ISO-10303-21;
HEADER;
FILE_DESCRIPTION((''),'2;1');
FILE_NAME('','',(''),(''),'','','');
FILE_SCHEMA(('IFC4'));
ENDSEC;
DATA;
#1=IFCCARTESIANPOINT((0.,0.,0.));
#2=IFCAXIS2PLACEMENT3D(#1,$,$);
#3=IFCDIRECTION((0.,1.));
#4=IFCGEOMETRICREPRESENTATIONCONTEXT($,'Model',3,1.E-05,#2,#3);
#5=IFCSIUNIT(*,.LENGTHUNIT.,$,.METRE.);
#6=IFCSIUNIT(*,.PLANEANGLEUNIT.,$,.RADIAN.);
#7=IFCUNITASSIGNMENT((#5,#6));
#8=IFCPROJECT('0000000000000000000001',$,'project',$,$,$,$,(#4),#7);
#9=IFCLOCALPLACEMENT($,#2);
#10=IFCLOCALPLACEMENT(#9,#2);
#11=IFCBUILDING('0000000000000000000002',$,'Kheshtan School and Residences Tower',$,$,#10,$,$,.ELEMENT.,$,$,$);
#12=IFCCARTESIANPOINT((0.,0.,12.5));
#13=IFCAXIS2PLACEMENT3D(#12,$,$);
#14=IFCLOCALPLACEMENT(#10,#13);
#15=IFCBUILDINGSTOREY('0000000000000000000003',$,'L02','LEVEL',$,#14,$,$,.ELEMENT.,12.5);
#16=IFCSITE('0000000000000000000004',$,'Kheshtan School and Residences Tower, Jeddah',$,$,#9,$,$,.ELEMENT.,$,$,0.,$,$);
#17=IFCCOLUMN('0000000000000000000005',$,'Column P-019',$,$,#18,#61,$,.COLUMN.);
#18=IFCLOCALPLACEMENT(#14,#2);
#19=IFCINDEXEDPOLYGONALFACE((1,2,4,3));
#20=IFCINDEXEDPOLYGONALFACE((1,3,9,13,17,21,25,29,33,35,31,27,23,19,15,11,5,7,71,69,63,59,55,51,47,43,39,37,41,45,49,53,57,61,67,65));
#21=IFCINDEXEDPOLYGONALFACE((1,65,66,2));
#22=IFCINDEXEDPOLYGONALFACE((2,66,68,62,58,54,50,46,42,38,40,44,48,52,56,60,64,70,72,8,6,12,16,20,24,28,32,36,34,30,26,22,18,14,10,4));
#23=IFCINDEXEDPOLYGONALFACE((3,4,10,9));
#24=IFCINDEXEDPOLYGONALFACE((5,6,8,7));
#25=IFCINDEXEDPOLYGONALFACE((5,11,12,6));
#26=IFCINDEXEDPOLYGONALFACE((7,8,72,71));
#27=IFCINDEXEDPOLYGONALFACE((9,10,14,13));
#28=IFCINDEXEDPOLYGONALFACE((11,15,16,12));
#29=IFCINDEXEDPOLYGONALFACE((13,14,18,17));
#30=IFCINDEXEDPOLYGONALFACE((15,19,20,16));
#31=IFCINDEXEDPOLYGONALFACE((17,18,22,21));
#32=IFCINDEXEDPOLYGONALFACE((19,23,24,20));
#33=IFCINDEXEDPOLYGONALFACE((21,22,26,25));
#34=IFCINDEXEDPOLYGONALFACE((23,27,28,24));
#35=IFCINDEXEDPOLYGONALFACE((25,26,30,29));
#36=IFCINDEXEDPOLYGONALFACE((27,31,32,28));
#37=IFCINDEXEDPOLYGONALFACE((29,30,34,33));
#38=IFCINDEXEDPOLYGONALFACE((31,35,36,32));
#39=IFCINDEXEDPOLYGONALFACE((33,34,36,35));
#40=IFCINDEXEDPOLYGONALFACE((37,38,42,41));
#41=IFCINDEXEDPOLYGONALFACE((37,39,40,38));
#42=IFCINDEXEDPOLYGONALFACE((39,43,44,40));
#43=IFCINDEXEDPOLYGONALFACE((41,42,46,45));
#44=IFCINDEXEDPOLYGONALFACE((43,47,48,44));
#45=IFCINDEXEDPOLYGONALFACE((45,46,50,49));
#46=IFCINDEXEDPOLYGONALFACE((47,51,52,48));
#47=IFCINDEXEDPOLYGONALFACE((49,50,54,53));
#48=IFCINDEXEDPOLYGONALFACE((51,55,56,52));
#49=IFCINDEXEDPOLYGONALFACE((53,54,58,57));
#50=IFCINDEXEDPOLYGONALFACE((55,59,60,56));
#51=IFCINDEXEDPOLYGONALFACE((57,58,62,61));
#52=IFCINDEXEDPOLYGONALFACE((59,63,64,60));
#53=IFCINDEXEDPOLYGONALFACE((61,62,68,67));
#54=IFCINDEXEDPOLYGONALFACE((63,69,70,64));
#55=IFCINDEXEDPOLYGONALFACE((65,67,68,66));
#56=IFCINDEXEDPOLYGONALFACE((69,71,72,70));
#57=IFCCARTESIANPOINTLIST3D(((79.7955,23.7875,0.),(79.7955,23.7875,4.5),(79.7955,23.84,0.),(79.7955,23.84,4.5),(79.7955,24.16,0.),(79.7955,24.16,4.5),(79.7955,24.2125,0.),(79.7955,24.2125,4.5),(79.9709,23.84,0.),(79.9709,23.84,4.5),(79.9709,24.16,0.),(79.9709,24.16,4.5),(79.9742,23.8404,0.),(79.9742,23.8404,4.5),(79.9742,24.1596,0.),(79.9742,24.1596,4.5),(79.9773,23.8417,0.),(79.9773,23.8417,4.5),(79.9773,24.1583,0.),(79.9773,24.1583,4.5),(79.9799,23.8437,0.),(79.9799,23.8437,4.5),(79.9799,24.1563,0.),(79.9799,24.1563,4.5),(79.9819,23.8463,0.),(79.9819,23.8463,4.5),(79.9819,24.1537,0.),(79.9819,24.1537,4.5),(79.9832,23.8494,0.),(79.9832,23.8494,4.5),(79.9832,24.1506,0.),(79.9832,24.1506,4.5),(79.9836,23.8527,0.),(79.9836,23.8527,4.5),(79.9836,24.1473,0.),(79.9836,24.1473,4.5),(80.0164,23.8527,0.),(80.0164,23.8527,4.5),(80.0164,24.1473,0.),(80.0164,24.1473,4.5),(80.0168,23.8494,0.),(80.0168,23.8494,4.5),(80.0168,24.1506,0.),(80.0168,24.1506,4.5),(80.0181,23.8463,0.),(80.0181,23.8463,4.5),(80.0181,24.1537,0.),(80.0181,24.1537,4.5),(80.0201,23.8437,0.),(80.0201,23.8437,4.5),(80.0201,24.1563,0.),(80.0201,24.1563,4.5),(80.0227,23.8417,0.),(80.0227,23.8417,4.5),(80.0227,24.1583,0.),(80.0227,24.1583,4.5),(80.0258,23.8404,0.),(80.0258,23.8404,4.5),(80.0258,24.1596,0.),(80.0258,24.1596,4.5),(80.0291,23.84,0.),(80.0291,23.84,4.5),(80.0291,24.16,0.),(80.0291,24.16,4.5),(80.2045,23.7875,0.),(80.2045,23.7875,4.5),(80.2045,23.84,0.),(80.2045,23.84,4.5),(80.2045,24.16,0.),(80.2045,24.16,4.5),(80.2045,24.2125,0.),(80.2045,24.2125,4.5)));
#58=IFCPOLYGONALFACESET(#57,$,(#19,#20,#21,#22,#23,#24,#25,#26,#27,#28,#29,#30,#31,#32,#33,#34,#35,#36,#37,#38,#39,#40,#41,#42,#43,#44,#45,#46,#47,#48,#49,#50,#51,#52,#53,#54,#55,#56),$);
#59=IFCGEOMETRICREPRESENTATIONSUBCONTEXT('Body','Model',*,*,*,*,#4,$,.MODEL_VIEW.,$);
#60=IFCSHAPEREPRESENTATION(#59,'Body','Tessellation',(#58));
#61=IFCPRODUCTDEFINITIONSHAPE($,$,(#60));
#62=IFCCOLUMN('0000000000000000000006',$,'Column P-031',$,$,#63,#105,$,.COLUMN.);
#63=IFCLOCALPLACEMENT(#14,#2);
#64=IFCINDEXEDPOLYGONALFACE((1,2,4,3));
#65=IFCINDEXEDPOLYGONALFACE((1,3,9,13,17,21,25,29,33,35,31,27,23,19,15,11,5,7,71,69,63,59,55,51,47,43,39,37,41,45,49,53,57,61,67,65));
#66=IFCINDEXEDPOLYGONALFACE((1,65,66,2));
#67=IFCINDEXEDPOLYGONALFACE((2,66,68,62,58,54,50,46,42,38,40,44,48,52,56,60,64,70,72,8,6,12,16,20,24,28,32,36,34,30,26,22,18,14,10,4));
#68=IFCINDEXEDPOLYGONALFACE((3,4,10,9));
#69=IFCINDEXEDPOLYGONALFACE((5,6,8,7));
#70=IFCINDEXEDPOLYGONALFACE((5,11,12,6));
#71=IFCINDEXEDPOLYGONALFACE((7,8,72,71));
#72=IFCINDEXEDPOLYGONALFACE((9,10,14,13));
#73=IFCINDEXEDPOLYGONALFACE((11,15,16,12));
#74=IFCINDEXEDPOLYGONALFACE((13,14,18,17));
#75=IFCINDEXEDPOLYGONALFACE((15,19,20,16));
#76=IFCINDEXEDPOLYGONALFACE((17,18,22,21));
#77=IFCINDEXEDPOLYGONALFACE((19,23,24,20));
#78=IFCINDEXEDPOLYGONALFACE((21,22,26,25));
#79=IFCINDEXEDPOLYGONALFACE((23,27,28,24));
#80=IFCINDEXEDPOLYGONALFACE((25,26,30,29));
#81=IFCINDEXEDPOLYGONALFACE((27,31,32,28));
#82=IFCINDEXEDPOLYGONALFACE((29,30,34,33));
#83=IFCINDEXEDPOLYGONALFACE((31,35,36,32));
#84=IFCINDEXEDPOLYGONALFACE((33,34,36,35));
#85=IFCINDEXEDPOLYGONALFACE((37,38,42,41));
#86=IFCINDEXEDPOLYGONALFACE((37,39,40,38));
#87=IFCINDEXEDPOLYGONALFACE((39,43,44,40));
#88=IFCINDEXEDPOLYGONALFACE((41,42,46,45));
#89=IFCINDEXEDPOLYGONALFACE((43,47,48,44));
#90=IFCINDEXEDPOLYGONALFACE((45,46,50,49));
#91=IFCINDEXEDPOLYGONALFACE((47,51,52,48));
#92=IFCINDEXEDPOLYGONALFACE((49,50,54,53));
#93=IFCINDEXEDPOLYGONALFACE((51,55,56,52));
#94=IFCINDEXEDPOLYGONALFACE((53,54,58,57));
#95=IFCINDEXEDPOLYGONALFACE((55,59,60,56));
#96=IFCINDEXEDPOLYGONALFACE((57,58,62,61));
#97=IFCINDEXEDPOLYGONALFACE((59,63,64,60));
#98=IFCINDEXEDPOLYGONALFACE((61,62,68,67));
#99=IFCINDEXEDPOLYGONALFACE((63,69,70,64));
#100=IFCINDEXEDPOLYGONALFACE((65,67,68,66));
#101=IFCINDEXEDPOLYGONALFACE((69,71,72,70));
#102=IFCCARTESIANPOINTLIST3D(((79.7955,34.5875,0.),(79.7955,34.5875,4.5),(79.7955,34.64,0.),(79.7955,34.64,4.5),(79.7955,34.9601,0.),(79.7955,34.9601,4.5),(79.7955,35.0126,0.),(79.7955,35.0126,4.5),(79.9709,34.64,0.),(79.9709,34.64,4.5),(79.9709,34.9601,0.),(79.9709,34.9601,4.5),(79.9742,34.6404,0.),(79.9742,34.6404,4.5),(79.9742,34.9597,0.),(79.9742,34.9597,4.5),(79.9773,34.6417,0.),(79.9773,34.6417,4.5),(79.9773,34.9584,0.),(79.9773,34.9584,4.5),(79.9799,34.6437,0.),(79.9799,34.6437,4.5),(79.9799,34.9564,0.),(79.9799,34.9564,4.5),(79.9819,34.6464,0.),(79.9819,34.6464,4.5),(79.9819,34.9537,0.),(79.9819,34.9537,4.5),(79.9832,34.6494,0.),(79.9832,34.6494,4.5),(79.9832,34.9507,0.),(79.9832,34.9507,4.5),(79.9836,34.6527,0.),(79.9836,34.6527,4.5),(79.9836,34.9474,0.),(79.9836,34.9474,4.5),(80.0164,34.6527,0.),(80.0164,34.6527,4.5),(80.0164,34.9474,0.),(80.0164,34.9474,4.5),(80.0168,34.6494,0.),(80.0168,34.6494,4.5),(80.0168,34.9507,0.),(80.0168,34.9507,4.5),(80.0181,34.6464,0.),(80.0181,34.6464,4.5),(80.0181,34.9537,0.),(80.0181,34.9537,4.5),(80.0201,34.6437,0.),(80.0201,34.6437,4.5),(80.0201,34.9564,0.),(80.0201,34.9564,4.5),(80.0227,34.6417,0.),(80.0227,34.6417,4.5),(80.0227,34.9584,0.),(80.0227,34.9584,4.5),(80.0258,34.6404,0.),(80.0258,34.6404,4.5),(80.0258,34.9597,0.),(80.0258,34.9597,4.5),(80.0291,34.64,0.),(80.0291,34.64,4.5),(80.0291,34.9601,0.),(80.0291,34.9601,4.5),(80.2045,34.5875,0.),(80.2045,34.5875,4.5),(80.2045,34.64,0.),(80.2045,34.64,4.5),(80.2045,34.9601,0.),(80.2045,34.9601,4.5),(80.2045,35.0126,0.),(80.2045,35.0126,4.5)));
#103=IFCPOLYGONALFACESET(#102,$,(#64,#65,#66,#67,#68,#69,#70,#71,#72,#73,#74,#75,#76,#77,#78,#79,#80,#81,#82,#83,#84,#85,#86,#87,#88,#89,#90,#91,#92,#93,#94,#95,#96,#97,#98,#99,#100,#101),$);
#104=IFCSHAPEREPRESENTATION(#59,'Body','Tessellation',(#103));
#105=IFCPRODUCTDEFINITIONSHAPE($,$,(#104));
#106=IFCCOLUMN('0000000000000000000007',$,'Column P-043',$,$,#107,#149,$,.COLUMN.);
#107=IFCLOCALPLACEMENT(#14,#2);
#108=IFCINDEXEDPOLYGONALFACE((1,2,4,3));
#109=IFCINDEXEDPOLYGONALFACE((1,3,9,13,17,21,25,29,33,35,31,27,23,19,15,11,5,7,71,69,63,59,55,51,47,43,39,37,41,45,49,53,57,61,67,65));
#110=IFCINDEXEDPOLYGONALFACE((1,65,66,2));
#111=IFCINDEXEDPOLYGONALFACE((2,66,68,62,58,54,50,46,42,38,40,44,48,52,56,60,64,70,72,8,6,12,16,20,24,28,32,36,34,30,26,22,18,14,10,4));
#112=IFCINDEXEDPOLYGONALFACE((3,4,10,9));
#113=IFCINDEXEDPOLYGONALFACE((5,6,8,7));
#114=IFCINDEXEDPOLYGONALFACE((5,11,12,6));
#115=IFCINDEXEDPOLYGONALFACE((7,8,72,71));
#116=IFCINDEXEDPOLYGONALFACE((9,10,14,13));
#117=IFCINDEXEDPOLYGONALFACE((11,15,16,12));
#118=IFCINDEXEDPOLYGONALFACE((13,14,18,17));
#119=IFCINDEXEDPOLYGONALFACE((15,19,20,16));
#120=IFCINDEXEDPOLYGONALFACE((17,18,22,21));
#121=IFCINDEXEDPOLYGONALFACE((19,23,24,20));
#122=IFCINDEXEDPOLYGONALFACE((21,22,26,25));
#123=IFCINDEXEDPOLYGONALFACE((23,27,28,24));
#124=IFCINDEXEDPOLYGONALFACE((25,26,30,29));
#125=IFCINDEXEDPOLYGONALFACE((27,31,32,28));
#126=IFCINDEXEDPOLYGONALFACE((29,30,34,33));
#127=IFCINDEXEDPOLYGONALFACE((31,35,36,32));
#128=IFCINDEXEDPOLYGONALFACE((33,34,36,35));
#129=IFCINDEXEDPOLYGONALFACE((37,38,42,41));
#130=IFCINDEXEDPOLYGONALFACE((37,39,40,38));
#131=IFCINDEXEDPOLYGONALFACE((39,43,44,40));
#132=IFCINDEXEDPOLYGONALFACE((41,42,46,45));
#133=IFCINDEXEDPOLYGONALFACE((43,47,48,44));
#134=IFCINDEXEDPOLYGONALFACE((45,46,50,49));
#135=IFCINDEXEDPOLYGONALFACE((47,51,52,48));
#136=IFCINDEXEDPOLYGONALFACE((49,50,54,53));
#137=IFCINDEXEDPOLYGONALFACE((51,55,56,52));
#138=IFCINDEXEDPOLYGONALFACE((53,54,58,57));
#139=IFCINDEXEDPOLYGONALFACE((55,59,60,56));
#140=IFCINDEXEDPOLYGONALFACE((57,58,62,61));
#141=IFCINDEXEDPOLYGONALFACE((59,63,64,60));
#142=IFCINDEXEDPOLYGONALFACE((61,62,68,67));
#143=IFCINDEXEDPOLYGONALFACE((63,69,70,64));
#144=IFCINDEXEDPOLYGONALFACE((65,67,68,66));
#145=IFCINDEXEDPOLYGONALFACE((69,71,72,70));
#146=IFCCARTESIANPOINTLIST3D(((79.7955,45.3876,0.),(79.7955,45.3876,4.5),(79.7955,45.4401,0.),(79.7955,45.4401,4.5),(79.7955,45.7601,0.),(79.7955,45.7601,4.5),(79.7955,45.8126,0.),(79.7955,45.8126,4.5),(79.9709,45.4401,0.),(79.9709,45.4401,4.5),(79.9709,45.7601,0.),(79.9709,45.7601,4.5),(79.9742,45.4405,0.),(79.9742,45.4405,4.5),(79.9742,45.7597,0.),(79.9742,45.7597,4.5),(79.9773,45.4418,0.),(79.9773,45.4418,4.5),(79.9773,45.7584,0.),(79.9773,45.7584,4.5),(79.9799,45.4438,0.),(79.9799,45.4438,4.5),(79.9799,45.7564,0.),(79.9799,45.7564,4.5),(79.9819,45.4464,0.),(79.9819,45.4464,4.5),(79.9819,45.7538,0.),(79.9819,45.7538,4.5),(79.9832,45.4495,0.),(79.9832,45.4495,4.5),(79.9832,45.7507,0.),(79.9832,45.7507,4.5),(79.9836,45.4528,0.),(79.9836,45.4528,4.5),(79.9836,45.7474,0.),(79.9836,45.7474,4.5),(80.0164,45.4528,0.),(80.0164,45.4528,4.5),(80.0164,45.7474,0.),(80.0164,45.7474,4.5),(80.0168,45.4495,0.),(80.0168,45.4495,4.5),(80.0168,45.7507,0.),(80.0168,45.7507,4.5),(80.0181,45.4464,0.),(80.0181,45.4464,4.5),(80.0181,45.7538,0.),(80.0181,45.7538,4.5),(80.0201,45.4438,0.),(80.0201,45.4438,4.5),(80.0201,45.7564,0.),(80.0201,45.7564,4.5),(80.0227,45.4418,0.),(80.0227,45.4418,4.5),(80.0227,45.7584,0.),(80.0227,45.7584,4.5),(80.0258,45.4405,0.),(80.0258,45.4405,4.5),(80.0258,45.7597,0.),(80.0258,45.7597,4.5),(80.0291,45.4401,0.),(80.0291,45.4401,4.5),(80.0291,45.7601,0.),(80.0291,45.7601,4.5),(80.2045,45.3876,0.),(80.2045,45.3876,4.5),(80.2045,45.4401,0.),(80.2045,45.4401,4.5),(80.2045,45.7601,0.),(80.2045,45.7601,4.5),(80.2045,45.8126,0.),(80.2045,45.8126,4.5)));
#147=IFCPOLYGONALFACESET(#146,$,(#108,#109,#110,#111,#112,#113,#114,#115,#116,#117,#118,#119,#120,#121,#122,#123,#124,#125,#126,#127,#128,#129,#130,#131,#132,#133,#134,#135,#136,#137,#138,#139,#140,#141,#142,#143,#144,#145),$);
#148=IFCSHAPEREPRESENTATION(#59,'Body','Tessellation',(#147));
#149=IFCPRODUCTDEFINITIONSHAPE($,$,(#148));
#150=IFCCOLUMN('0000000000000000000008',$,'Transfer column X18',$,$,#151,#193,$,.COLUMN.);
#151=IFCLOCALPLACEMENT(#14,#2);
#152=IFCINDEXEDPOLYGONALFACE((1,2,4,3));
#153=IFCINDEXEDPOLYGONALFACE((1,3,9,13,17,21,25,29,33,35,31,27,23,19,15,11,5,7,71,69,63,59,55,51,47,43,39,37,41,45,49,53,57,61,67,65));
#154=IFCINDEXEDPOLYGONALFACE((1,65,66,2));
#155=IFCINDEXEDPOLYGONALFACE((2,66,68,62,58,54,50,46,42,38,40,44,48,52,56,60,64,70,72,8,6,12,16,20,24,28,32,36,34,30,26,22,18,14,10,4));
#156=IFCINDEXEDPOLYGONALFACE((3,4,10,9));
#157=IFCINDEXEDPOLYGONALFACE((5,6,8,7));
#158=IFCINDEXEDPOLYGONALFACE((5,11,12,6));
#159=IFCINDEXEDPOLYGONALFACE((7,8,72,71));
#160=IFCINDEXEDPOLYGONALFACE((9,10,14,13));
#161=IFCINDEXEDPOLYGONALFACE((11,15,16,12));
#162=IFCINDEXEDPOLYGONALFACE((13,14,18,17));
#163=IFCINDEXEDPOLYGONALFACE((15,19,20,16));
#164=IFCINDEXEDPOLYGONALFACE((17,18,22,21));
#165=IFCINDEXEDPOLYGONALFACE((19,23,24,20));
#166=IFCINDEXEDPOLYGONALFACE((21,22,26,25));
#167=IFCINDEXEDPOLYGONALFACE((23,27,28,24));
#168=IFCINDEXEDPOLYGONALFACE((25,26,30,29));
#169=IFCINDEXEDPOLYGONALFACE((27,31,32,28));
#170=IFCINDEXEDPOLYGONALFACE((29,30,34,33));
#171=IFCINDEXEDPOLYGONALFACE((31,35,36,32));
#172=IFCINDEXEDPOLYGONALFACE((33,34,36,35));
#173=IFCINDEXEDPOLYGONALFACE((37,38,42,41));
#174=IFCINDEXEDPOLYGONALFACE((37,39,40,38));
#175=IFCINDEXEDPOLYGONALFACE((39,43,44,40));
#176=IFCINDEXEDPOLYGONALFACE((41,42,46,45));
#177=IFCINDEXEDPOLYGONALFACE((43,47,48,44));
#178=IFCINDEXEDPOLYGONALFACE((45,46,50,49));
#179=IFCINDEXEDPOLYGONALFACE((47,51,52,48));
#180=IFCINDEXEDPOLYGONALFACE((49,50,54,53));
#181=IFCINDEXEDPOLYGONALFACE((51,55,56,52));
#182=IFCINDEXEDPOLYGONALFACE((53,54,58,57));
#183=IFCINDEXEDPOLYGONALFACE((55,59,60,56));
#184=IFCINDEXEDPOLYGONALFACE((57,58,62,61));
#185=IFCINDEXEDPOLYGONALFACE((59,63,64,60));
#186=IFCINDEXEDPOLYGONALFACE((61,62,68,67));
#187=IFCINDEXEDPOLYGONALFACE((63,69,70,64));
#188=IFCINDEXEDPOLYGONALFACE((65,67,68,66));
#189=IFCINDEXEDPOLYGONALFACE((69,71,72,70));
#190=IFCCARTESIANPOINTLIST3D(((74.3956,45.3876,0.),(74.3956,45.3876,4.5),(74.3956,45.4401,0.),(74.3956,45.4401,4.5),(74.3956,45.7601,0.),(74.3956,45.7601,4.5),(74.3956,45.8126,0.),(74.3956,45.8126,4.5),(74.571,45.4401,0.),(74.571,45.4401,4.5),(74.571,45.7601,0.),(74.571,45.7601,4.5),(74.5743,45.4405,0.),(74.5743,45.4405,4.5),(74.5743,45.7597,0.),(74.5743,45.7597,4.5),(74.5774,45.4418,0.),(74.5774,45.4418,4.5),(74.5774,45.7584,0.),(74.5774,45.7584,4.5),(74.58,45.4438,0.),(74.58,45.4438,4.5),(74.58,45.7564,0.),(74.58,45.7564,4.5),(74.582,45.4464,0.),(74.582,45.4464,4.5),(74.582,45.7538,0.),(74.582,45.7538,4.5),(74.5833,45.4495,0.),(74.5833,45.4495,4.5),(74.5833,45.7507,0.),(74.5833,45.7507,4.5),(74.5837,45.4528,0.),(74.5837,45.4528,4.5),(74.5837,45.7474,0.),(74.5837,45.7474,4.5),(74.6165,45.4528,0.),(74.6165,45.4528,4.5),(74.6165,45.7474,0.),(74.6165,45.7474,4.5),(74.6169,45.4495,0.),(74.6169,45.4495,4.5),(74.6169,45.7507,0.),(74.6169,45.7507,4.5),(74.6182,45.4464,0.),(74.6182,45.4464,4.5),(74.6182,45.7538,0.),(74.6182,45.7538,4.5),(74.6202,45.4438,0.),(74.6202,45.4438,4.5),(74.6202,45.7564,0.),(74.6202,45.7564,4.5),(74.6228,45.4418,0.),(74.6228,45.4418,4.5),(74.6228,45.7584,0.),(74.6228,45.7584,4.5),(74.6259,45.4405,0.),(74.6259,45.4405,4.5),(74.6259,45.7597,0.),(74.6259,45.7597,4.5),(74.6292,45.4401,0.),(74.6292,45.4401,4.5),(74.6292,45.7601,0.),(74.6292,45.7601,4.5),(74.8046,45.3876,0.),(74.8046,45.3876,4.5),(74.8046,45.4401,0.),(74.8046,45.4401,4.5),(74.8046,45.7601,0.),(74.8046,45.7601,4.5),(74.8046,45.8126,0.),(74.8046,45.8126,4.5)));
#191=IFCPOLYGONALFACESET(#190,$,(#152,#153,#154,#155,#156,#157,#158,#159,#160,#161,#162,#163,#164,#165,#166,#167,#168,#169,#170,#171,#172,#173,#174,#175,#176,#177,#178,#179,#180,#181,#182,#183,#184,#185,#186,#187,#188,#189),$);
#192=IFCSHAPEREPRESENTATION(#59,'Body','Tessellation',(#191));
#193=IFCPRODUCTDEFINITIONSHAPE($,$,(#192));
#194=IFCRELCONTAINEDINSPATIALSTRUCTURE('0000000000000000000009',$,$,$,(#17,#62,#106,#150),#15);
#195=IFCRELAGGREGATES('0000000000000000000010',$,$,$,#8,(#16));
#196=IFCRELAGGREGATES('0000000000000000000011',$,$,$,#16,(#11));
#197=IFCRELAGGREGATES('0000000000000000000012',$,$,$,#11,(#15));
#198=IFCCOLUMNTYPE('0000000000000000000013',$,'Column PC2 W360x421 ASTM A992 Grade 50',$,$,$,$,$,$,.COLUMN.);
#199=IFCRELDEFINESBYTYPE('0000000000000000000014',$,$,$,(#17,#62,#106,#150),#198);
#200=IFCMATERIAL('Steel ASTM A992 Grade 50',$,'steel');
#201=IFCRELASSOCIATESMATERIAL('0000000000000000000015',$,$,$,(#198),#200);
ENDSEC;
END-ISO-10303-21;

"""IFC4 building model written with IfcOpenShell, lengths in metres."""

from ifc_helpers import new_model, si_unit, direction, frame, origin, origin_2d, place, context, subcontext, project, spatial, i_section, extrude, material, material_profile, profile_set, type_object, element, save


model = new_model("IFC4")

# Units and contexts
model_context = context("Model", 3, precision=1e-05, world=origin(), true_north=direction((0.0, 1.0)))
body_context = subcontext(model_context, "Body", "Model", "MODEL_VIEW")
ifc_project = project(units=[si_unit("LENGTHUNIT", "METRE"), si_unit("PLANEANGLEUNIT", "RADIAN")], contexts=[model_context])

# Site, building, storey
site_placement = place(None, origin())
site = spatial("IfcSite", under=ifc_project, at=site_placement, Name="Kheshtan School and Residences Tower, Jeddah", CompositionType="ELEMENT", RefElevation=0.0)
building_placement = place(site_placement, origin())
building = spatial("IfcBuilding", under=site, at=building_placement, Name="Kheshtan School and Residences Tower", CompositionType="ELEMENT")
storey_placement = place(building_placement, frame((0.0, 0.0, 12.5)))
storey = spatial("IfcBuildingStorey", under=building, at=storey_placement, Name="L02", Description="LEVEL", CompositionType="ELEMENT", Elevation=12.5)

# Columns
ifc_material_1 = material(Name="Steel ASTM A992 Grade 50", Category="steel")
ifc_material_profile_1 = material_profile(ifc_material_1, i_section(OverallWidth=0.4089, OverallDepth=0.425, WebThickness=0.0327, FlangeThickness=0.0525, FilletRadius=0.0127, at=origin_2d()), Name="W360x421")
ifc_profile_set_1 = profile_set([ifc_material_profile_1], Name="Steel ASTM A992 Grade 50")
column_type = type_object("IfcColumnType", Name="Column PC2 W360x421 ASTM A992 Grade 50", PredefinedType="COLUMN", material=ifc_profile_set_1)
for number, where, z_axis, x_axis, name in (
    (1, (80.0, 24.0, 0.0), (0.0, 0.0, 1.0), (1.0, 0.0, 0.0), "Column P-019"),
    (2, (80.0, 34.8, 0.0), (0.0, 0.0, 1.0), (1.0, 0.0, 0.0), "Column P-031"),
    (3, (80.0, 45.6001, 0.0), (0.0, 0.0, 1.0), (1.0, 0.0, 0.0), "Column P-043"),
    (4, (74.6001, 45.6001, 0.0), (0.0, 0.0, 1.0), (1.0, 0.0, 0.0), "Transfer column X18"),
):
    element("IfcColumn", number, at=place(storey_placement, frame(where, z_axis=z_axis, x_axis=x_axis)), inside=storey, type_object=column_type, Name=name, PredefinedType="COLUMN", context=body_context, shape_type="SweptSolid", body=[
        extrude(i_section(OverallWidth=0.4089, OverallDepth=0.425, WebThickness=0.0327, FlangeThickness=0.0525, FilletRadius=0.0127, at=origin_2d()), origin(), (0.0, 0.0, 1.0), 4.5),
    ])

save(model, "model.ifc")
